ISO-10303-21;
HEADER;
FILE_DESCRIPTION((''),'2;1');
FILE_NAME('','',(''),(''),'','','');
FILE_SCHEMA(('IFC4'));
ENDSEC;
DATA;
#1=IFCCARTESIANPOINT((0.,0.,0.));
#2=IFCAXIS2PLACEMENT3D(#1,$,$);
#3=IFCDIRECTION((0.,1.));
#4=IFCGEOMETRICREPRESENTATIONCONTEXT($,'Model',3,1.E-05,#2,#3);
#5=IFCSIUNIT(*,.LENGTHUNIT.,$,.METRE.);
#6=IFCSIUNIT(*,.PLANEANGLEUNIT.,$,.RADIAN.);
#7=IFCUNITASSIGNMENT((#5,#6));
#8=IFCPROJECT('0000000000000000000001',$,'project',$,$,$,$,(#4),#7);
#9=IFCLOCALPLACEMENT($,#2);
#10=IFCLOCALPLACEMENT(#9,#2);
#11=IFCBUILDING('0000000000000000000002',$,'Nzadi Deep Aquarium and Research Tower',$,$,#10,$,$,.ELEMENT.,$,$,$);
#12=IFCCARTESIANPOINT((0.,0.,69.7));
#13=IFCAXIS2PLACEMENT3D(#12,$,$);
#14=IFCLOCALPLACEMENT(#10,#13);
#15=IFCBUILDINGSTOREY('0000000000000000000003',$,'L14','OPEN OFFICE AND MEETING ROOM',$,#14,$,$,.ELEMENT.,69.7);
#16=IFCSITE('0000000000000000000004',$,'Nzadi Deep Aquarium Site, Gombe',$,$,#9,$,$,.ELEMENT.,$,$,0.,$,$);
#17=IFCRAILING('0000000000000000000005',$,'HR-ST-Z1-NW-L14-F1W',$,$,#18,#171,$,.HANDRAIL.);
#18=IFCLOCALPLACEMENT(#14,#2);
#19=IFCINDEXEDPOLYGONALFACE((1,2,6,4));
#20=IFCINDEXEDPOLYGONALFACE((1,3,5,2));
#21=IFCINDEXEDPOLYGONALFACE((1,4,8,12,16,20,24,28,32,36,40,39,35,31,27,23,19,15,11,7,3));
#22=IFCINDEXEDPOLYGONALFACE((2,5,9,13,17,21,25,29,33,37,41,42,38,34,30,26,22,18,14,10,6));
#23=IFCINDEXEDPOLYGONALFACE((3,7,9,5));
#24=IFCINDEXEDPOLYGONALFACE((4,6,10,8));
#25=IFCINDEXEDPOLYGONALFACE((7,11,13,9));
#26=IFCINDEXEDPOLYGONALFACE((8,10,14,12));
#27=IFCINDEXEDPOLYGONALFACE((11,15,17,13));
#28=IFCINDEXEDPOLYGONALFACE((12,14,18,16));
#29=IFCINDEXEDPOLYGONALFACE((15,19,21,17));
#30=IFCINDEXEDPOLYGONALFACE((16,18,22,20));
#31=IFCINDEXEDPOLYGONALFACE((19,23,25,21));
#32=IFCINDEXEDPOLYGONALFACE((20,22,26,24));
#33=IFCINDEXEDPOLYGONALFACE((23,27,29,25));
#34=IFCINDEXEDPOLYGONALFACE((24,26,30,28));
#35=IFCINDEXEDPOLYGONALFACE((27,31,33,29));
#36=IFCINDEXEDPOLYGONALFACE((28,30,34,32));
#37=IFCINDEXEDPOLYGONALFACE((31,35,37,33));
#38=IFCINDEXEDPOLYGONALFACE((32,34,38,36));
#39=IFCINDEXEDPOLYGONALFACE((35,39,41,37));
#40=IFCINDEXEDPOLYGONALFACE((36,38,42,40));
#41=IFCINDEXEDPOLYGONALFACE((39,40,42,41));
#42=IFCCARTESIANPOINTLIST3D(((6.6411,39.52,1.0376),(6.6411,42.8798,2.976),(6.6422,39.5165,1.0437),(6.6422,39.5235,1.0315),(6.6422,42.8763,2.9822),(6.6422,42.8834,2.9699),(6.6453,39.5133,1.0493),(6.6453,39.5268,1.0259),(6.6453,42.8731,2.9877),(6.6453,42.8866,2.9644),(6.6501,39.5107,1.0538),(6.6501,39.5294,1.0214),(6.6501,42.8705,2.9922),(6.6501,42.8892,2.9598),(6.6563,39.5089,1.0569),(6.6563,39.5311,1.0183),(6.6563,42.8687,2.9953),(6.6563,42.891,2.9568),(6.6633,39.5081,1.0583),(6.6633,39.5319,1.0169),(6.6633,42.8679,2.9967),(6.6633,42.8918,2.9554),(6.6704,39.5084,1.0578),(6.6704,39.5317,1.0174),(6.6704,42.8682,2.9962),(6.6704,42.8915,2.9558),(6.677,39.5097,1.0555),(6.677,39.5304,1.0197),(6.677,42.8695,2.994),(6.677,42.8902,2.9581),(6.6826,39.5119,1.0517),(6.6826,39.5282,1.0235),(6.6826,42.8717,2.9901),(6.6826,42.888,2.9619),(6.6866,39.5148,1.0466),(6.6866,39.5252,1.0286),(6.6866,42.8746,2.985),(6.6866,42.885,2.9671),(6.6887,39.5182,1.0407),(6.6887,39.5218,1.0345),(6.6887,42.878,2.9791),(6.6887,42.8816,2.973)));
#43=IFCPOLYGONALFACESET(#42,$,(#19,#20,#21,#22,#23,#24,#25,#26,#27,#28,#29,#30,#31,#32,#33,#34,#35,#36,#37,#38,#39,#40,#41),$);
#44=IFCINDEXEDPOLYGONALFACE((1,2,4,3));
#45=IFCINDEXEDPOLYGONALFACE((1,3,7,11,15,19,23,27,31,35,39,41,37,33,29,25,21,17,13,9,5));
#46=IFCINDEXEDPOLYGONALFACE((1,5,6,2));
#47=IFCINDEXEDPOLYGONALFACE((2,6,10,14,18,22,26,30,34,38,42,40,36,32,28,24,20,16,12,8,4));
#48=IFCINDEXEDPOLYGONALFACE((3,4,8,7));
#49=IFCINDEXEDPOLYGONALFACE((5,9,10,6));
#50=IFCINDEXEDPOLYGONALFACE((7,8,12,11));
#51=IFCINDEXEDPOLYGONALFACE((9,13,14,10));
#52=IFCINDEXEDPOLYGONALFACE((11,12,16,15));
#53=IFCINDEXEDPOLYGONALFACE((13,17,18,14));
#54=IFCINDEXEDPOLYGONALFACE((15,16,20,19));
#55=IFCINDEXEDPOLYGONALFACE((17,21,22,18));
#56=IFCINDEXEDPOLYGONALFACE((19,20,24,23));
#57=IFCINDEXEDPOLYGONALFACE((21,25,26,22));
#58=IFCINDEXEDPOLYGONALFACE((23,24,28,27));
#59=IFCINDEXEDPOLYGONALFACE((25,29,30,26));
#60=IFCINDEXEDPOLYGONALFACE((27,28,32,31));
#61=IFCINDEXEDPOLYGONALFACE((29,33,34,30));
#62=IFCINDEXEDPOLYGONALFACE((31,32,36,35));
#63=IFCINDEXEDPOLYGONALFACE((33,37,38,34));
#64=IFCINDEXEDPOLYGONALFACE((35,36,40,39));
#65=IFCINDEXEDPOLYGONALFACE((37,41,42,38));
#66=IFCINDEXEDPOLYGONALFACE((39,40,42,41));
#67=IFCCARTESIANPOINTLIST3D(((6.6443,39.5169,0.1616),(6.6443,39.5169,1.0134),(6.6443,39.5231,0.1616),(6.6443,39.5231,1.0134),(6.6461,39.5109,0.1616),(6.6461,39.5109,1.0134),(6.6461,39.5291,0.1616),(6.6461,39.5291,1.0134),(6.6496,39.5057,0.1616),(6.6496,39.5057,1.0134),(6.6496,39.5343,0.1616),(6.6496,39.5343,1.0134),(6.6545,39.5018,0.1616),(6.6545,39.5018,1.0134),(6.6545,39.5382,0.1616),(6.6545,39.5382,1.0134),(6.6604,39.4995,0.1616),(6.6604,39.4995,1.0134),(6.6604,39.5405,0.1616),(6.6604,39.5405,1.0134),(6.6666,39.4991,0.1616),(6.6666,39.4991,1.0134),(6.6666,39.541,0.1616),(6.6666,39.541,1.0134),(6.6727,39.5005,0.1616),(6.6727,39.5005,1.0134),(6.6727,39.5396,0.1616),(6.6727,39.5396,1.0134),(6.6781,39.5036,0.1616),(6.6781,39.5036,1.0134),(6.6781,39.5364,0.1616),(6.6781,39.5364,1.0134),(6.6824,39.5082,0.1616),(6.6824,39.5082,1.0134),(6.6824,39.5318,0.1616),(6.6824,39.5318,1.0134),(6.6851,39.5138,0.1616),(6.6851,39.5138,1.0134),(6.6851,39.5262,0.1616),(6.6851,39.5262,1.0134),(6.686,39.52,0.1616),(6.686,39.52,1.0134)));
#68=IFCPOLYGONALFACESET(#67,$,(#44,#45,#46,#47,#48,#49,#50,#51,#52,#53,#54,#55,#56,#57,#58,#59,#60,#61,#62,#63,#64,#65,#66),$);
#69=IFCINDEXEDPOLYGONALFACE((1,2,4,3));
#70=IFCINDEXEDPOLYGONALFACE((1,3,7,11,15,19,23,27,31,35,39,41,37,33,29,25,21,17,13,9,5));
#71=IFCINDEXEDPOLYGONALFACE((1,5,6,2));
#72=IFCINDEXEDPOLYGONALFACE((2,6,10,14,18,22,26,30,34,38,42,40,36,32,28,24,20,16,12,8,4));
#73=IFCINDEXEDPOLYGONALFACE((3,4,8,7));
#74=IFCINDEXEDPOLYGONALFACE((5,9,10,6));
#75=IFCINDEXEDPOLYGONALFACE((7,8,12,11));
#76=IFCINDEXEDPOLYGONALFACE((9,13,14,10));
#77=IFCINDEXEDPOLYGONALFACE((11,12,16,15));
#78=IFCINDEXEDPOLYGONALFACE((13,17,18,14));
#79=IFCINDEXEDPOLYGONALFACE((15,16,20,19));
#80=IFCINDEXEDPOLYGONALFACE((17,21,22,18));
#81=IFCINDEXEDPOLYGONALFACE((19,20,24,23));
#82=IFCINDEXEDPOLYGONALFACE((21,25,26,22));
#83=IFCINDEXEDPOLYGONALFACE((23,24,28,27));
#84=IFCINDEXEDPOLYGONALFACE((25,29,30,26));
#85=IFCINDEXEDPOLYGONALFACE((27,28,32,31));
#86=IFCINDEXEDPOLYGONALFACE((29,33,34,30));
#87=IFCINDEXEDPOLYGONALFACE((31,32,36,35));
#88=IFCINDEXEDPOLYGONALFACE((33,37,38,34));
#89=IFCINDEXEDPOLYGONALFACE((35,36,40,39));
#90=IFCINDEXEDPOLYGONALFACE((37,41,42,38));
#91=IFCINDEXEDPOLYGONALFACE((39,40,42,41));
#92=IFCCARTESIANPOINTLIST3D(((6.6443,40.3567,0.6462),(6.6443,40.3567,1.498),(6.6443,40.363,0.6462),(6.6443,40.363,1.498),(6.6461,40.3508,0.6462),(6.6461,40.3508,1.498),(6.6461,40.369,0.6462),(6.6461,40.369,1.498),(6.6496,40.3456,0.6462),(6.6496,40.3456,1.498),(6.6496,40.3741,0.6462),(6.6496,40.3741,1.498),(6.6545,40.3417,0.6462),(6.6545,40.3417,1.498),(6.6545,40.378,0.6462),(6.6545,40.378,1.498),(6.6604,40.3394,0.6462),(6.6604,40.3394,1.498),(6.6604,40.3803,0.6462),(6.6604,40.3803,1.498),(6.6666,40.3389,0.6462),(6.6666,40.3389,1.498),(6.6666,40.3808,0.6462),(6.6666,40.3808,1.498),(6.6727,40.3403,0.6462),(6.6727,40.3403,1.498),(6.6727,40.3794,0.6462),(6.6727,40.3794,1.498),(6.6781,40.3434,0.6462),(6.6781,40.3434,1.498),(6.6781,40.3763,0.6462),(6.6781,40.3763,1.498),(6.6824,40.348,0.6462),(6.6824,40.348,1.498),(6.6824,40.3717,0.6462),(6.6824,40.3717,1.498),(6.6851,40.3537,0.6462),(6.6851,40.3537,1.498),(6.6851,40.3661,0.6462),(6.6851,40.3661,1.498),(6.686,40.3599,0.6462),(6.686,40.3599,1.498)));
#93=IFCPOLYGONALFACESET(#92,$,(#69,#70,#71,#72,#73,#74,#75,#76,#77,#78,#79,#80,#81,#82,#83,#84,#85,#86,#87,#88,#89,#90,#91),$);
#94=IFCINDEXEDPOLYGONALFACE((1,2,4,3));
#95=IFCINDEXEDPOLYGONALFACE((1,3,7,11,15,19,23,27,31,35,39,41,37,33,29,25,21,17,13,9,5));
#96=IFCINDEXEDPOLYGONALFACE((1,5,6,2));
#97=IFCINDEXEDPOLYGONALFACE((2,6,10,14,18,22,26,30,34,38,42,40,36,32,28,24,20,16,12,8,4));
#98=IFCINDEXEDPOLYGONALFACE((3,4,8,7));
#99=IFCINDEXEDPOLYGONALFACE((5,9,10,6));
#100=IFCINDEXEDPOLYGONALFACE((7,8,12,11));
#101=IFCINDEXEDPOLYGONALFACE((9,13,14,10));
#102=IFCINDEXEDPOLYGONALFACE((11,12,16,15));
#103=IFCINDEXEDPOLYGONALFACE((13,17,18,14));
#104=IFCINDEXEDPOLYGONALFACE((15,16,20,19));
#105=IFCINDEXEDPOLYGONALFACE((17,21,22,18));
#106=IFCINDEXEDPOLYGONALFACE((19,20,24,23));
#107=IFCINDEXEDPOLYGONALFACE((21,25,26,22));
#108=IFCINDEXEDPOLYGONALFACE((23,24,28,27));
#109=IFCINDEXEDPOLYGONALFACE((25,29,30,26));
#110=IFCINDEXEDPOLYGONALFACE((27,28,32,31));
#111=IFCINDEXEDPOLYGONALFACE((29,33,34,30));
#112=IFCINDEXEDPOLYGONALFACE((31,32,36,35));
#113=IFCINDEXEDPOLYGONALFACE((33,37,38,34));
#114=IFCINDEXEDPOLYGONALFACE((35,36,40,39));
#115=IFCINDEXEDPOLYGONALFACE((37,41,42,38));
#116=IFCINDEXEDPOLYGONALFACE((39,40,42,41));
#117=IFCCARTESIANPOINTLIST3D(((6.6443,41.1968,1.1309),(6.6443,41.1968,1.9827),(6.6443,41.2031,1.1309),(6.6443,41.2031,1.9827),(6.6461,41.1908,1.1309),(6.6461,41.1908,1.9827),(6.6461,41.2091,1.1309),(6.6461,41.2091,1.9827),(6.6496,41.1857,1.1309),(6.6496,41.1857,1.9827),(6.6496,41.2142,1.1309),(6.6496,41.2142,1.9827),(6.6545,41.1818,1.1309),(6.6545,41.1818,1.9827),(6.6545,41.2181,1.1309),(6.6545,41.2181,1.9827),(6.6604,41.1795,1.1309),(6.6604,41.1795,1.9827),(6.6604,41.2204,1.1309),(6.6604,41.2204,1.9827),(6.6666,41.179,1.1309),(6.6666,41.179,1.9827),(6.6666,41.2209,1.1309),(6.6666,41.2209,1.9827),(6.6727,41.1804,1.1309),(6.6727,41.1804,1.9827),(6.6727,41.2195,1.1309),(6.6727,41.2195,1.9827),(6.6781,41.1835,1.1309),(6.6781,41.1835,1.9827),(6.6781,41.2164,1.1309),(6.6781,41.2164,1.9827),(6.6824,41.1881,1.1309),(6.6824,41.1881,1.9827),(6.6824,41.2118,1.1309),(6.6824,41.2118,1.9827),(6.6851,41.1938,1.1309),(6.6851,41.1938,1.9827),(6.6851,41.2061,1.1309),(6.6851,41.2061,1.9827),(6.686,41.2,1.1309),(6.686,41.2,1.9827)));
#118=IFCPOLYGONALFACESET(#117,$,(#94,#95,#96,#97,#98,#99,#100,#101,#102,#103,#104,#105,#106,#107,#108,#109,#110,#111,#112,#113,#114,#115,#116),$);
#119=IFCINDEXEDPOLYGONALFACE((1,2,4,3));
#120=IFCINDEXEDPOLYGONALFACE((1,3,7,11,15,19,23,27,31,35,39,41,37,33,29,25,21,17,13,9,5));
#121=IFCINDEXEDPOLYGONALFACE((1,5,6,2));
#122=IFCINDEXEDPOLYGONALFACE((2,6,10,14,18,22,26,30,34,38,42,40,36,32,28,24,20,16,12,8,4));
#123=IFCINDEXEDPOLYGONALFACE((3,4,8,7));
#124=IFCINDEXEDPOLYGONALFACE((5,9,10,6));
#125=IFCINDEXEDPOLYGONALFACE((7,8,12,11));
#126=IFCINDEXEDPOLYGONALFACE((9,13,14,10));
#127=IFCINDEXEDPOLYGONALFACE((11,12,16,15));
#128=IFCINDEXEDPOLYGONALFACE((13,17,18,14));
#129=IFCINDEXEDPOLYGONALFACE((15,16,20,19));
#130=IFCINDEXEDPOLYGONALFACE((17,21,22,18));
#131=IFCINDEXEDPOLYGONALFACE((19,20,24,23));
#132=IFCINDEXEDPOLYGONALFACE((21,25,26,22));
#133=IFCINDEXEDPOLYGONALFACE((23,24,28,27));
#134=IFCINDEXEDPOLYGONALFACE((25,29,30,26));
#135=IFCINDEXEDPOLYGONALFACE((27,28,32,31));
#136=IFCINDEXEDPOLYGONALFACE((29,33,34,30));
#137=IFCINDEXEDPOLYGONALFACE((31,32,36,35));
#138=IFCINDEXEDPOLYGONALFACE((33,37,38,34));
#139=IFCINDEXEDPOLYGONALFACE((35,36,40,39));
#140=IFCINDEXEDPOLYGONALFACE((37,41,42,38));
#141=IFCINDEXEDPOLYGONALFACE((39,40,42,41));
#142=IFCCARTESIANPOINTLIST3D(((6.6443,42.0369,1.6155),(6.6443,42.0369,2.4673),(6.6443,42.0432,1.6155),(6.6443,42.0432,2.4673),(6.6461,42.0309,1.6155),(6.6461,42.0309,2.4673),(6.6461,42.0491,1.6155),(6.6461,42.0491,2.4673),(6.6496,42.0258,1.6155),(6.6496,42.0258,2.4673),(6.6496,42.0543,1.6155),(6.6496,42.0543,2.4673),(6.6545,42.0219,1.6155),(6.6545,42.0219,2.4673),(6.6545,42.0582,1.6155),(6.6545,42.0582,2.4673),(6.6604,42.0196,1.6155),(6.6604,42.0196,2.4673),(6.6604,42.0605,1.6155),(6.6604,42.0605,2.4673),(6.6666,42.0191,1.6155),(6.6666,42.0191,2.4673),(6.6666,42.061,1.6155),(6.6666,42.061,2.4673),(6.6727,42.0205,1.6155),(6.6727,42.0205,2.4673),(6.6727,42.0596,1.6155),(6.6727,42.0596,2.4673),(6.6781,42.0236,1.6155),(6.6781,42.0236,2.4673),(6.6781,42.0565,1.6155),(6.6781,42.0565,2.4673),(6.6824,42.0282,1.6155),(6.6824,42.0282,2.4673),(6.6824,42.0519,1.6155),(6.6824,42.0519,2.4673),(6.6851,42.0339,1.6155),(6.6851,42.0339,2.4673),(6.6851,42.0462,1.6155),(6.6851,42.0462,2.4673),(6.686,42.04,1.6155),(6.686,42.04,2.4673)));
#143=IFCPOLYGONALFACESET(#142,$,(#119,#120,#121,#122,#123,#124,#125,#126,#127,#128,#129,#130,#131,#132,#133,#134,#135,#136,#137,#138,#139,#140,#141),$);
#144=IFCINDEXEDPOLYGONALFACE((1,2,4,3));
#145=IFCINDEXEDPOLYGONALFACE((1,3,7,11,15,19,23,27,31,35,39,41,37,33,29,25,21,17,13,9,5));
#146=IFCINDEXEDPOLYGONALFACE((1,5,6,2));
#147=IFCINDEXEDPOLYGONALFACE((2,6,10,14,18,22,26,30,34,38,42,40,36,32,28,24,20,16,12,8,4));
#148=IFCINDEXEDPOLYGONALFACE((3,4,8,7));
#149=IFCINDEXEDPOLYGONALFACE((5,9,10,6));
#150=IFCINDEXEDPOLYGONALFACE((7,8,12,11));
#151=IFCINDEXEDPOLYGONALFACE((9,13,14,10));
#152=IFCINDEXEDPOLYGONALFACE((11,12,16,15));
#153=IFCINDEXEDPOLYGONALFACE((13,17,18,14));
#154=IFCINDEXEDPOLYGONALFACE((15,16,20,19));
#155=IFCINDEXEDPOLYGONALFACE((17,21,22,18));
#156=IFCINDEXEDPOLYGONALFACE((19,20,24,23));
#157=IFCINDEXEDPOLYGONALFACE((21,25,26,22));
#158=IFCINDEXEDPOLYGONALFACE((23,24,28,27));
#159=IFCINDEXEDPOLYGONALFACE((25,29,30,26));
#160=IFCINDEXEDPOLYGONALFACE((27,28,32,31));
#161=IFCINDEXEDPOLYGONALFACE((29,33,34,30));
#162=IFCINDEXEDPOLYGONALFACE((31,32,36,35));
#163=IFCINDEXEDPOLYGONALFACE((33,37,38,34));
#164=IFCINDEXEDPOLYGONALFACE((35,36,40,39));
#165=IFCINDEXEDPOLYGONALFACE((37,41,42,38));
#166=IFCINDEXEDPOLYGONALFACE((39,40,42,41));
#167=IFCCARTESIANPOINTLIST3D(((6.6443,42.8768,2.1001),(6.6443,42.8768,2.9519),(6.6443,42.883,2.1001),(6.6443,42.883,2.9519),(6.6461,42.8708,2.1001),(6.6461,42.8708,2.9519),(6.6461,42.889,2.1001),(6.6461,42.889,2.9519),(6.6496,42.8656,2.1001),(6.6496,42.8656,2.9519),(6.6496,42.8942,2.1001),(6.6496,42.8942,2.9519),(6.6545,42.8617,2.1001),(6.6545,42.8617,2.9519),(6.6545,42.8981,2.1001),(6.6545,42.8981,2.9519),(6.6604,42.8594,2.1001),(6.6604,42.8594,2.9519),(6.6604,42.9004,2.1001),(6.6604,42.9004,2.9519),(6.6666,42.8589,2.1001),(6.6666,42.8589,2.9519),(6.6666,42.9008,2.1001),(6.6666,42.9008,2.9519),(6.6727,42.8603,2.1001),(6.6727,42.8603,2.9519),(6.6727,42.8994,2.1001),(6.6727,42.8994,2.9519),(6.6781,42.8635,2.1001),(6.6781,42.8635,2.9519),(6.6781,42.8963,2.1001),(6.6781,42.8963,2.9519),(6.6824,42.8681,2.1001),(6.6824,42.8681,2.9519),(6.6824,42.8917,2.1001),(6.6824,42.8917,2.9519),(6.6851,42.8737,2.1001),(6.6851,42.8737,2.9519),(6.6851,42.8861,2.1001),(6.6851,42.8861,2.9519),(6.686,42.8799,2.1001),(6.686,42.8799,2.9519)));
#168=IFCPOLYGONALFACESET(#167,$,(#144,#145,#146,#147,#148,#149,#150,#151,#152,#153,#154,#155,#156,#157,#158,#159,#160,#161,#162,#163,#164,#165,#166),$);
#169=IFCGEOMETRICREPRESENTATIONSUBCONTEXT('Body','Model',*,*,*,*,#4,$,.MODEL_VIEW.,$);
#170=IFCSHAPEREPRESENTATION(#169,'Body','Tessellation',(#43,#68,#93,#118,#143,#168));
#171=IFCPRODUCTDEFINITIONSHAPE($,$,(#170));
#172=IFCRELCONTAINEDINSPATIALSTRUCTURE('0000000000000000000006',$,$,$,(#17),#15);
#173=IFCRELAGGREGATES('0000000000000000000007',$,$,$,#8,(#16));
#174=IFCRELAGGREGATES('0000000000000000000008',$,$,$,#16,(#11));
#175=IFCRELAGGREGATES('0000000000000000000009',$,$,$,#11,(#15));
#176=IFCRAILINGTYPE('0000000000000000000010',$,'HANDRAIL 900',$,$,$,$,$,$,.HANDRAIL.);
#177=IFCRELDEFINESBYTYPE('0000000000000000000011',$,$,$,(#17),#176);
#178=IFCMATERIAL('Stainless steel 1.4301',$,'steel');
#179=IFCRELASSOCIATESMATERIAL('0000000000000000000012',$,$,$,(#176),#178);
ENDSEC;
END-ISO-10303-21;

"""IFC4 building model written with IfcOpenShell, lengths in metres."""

from ifc_helpers import new_model, si_unit, direction, frame, origin, origin_2d, place, context, subcontext, project, spatial, circle, extrude, material, type_object, element, save


model = new_model("IFC4")

# Units and contexts
model_context = context("Model", 3, precision=1e-05, world=origin(), true_north=direction((0.0, 1.0)))
body_context = subcontext(model_context, "Body", "Model", "MODEL_VIEW")
ifc_project = project(units=[si_unit("LENGTHUNIT", "METRE"), si_unit("PLANEANGLEUNIT", "RADIAN")], contexts=[model_context])

# Site, building, storey
site_placement = place(None, origin())
site = spatial("IfcSite", under=ifc_project, at=site_placement, Name="Nzadi Deep Aquarium Site, Gombe", CompositionType="ELEMENT", RefElevation=0.0)
building_placement = place(site_placement, origin())
building = spatial("IfcBuilding", under=site, at=building_placement, Name="Nzadi Deep Aquarium and Research Tower", CompositionType="ELEMENT")
storey_placement = place(building_placement, frame((0.0, 0.0, 69.7)))
storey = spatial("IfcBuildingStorey", under=building, at=storey_placement, Name="L14", Description="OPEN OFFICE AND MEETING ROOM", CompositionType="ELEMENT", Elevation=69.7)

# Railing
ifc_material_1 = material(Name="Stainless steel 1.4301", Category="steel")
railing_type = type_object("IfcRailingType", Name="HANDRAIL 900", PredefinedType="HANDRAIL", material=ifc_material_1)
for number, where, name in (
    (1, (6.665, 39.52, 0.1616), "HR-ST-Z1-NW-L14-F1W"),
):
    element("IfcRailing", number, at=place(storey_placement, frame(where)), inside=storey, type_object=railing_type, Name=name, PredefinedType="HANDRAIL", context=body_context, shape_type="SweptSolid", body=[
        extrude(circle(Radius=0.0239, at=origin_2d()), frame((0.0, 0.0, 0.876), z_axis=(0.0, 0.866175, 0.499741), x_axis=(-1.0, 0.0, 0.0)), (0.0, 0.0, 1.0), 3.8789),
        extrude(circle(Radius=0.021, at=origin_2d()), origin(), (0.0, 0.0, 1.0), 0.8518),
        extrude(circle(Radius=0.021, at=origin_2d()), frame((0.0, 0.8398, 0.4846)), (0.0, 0.0, 1.0), 0.8518),
        extrude(circle(Radius=0.021, at=origin_2d()), frame((0.0, 1.6799, 0.9692)), (0.0, 0.0, 1.0), 0.8518),
        extrude(circle(Radius=0.021, at=origin_2d()), frame((0.0, 2.52, 1.4539)), (0.0, 0.0, 1.0), 0.8518),
        extrude(circle(Radius=0.021, at=origin_2d()), frame((0.0, 3.3599, 1.9385)), (0.0, 0.0, 1.0), 0.8518),
    ])

save(model, "model.ifc")
